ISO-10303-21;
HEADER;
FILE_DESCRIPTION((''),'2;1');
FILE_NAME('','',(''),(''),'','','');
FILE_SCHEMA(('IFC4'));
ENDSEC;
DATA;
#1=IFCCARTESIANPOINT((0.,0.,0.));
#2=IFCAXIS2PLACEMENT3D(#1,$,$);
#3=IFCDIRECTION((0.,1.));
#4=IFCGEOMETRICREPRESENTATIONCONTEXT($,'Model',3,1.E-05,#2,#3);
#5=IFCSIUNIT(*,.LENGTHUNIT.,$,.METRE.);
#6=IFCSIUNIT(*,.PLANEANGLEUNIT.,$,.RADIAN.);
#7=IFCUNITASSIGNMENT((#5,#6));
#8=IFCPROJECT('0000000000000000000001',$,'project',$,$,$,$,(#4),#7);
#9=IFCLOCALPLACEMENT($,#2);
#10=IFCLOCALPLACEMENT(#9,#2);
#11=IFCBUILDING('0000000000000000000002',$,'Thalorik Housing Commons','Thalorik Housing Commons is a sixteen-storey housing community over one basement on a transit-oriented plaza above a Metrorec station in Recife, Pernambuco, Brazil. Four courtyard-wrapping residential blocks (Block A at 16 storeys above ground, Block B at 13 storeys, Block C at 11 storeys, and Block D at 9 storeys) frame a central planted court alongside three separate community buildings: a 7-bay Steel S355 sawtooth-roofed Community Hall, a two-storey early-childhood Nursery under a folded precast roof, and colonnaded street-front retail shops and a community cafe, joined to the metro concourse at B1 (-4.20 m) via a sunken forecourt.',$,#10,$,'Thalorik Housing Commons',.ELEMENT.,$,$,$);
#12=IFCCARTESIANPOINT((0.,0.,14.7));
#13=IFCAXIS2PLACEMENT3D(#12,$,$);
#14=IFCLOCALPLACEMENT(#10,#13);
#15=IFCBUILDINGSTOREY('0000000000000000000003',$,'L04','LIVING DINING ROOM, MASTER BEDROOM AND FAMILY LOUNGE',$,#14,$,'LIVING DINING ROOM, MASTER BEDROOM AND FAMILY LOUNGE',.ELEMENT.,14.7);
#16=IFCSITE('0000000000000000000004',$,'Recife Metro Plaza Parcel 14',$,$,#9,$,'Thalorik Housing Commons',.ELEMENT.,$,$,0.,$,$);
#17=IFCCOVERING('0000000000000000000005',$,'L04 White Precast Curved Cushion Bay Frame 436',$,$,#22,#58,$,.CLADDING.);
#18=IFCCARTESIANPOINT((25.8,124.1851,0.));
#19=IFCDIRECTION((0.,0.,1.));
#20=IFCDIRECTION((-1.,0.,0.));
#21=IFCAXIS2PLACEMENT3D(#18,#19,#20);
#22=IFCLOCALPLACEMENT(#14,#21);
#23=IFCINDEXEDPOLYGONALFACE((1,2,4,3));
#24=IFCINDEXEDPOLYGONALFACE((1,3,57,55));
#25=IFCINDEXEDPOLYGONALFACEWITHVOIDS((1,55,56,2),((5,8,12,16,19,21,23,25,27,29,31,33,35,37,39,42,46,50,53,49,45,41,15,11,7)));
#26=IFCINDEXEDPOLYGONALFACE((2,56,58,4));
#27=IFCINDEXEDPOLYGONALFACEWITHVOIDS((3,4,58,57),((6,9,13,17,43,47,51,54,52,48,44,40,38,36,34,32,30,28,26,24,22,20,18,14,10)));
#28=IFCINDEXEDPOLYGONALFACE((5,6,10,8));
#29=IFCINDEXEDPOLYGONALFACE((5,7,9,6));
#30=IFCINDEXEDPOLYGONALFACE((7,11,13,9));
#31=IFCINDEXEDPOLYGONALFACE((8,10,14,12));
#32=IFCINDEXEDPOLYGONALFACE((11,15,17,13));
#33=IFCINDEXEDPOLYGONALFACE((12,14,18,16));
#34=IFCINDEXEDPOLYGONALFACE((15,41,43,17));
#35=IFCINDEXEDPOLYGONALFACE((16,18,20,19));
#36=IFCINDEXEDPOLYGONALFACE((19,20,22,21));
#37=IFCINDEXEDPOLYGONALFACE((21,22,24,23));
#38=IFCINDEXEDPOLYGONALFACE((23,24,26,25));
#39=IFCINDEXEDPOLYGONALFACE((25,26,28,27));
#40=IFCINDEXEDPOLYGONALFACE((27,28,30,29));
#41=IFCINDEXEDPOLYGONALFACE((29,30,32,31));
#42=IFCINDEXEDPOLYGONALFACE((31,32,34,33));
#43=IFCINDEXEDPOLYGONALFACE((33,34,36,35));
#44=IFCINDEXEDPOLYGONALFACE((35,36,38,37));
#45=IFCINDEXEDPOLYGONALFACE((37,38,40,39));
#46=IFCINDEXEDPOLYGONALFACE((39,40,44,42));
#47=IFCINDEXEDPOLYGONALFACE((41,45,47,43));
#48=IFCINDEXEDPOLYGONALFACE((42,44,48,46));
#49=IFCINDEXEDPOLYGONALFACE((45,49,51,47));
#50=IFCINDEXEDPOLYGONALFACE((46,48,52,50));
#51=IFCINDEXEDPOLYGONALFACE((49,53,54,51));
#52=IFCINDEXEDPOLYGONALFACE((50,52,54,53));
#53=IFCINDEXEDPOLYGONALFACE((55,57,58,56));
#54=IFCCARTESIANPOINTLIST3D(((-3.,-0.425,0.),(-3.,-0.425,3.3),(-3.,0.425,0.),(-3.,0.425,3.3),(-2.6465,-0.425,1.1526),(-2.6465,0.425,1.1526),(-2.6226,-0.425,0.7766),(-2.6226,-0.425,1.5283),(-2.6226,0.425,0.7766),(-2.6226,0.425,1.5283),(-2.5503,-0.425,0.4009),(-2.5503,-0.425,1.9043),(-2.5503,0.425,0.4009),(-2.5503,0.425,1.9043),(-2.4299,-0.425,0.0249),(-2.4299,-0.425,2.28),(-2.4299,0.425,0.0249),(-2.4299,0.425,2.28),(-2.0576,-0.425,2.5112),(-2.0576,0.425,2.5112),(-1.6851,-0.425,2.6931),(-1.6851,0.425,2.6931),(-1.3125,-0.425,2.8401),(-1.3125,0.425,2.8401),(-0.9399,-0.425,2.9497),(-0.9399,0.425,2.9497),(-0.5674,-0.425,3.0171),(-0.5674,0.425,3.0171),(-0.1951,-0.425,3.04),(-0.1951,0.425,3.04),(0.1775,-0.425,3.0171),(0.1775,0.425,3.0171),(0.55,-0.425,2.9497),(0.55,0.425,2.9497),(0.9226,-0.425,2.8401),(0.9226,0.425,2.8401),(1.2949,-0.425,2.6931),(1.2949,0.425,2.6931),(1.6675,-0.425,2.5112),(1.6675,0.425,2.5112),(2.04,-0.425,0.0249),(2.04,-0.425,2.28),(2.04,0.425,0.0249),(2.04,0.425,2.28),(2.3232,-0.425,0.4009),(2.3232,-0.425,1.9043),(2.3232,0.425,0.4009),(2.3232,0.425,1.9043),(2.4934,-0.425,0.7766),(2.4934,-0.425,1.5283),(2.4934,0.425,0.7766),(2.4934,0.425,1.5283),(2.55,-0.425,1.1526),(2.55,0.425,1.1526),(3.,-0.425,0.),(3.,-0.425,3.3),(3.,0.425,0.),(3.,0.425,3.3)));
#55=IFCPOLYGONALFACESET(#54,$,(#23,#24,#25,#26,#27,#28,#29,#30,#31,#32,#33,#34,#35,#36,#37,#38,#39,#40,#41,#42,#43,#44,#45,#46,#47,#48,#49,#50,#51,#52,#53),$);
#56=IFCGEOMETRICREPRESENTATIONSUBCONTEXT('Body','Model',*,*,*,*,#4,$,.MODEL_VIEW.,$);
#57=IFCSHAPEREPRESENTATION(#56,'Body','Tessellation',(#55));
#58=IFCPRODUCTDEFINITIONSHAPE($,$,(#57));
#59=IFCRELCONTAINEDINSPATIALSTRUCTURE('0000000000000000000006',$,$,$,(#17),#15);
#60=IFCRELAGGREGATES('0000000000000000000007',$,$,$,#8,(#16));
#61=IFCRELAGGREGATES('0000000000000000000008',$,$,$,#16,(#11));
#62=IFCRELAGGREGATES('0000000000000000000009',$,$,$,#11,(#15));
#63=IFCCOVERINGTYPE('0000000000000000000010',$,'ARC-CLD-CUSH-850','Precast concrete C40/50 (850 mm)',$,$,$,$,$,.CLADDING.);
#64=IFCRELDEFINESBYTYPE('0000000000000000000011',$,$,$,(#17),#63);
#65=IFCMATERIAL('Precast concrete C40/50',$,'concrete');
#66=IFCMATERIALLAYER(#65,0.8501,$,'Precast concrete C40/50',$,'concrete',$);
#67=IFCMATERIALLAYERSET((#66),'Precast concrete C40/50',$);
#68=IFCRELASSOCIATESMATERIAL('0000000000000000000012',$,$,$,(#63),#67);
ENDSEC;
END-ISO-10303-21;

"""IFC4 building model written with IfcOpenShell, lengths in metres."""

from ifc_helpers import new_model, si_unit, direction, frame, origin, place, context, subcontext, project, spatial, polyline, outline, extrude, material, layer, layer_set, type_object, element, save


model = new_model("IFC4")

# Units and contexts
model_context = context("Model", 3, precision=1e-05, world=origin(), true_north=direction((0.0, 1.0)))
body_context = subcontext(model_context, "Body", "Model", "MODEL_VIEW")
ifc_project = project(units=[si_unit("LENGTHUNIT", "METRE"), si_unit("PLANEANGLEUNIT", "RADIAN")], contexts=[model_context])

# Site, building, storey
site_placement = place(None, origin())
site = spatial("IfcSite", under=ifc_project, at=site_placement, Name="Recife Metro Plaza Parcel 14", LongName="Thalorik Housing Commons", CompositionType="ELEMENT", RefElevation=0.0)
building_placement = place(site_placement, origin())
building = spatial("IfcBuilding", under=site, at=building_placement, Name="Thalorik Housing Commons", Description="Thalorik Housing Commons is a sixteen-storey housing community over one basement on a transit-oriented plaza above a Metrorec station in Recife, Pernambuco, Brazil. Four courtyard-wrapping residential blocks (Block A at 16 storeys above ground, Block B at 13 storeys, Block C at 11 storeys, and Block D at 9 storeys) frame a central planted court alongside three separate community buildings: a 7-bay Steel S355 sawtooth-roofed Community Hall, a two-storey early-childhood Nursery under a folded precast roof, and colonnaded street-front retail shops and a community cafe, joined to the metro concourse at B1 (-4.20 m) via a sunken forecourt.", LongName="Thalorik Housing Commons", CompositionType="ELEMENT")
storey_placement = place(building_placement, frame((0.0, 0.0, 14.7)))
storey = spatial("IfcBuildingStorey", under=building, at=storey_placement, Name="L04", Description="LIVING DINING ROOM, MASTER BEDROOM AND FAMILY LOUNGE", LongName="LIVING DINING ROOM, MASTER BEDROOM AND FAMILY LOUNGE", CompositionType="ELEMENT", Elevation=14.7)

# Shared definitions
ifc_material_1 = material(Name="Precast concrete C40/50", Category="concrete")

# Covering
ifc_layer_1 = layer(ifc_material_1, 0.8501, Name="Precast concrete C40/50", Category="concrete")
ifc_layer_set_1 = layer_set([ifc_layer_1], Name="Precast concrete C40/50")
covering_type_1 = type_object("IfcCoveringType", Name="ARC-CLD-CUSH-850", Description="Precast concrete C40/50 (850 mm)", PredefinedType="CLADDING", material=ifc_layer_set_1)
covering_1_placement = place(storey_placement, frame((25.8, 124.1851, 0.0), z_axis=(0.0, 0.0, 1.0), x_axis=(-1.0, 0.0, 0.0)))
element("IfcCovering", 1, at=covering_1_placement, inside=storey, type_object=covering_type_1, Name="L04 White Precast Curved Cushion Bay Frame 436", PredefinedType="CLADDING", context=body_context, shape_type="SweptSolid", body=[
    extrude(outline(polyline([(-3.0, 0.0), (3.0, 0.0), (3.0, 3.3), (-3.0, 3.3), (-3.0, 0.0)]), holes=[polyline([(2.04, 0.0249), (2.3232, 0.4009), (2.4934, 0.7766), (2.55, 1.1526), (2.4934, 1.5283), (2.3232, 1.9043), (2.04, 2.28), (1.6675, 2.5112), (1.2949, 2.6931), (0.9226, 2.8401), (0.55, 2.9497), (0.1775, 3.0171), (-0.1951, 3.04), (-0.5674, 3.0171), (-0.9399, 2.9497), (-1.3125, 2.8401), (-1.6851, 2.6931), (-2.0576, 2.5112), (-2.4299, 2.28), (-2.5503, 1.9043), (-2.6226, 1.5283), (-2.6465, 1.1526), (-2.6226, 0.7766), (-2.5503, 0.4009), (-2.4299, 0.0249), (2.04, 0.0249)])]), frame((0.0, 0.425, 0.0), z_axis=(0.0, -1.0, 0.0), x_axis=(1.0, 0.0, 0.0)), (0.0, 0.0, 1.0), 0.8501),
])

save(model, "model.ifc")
